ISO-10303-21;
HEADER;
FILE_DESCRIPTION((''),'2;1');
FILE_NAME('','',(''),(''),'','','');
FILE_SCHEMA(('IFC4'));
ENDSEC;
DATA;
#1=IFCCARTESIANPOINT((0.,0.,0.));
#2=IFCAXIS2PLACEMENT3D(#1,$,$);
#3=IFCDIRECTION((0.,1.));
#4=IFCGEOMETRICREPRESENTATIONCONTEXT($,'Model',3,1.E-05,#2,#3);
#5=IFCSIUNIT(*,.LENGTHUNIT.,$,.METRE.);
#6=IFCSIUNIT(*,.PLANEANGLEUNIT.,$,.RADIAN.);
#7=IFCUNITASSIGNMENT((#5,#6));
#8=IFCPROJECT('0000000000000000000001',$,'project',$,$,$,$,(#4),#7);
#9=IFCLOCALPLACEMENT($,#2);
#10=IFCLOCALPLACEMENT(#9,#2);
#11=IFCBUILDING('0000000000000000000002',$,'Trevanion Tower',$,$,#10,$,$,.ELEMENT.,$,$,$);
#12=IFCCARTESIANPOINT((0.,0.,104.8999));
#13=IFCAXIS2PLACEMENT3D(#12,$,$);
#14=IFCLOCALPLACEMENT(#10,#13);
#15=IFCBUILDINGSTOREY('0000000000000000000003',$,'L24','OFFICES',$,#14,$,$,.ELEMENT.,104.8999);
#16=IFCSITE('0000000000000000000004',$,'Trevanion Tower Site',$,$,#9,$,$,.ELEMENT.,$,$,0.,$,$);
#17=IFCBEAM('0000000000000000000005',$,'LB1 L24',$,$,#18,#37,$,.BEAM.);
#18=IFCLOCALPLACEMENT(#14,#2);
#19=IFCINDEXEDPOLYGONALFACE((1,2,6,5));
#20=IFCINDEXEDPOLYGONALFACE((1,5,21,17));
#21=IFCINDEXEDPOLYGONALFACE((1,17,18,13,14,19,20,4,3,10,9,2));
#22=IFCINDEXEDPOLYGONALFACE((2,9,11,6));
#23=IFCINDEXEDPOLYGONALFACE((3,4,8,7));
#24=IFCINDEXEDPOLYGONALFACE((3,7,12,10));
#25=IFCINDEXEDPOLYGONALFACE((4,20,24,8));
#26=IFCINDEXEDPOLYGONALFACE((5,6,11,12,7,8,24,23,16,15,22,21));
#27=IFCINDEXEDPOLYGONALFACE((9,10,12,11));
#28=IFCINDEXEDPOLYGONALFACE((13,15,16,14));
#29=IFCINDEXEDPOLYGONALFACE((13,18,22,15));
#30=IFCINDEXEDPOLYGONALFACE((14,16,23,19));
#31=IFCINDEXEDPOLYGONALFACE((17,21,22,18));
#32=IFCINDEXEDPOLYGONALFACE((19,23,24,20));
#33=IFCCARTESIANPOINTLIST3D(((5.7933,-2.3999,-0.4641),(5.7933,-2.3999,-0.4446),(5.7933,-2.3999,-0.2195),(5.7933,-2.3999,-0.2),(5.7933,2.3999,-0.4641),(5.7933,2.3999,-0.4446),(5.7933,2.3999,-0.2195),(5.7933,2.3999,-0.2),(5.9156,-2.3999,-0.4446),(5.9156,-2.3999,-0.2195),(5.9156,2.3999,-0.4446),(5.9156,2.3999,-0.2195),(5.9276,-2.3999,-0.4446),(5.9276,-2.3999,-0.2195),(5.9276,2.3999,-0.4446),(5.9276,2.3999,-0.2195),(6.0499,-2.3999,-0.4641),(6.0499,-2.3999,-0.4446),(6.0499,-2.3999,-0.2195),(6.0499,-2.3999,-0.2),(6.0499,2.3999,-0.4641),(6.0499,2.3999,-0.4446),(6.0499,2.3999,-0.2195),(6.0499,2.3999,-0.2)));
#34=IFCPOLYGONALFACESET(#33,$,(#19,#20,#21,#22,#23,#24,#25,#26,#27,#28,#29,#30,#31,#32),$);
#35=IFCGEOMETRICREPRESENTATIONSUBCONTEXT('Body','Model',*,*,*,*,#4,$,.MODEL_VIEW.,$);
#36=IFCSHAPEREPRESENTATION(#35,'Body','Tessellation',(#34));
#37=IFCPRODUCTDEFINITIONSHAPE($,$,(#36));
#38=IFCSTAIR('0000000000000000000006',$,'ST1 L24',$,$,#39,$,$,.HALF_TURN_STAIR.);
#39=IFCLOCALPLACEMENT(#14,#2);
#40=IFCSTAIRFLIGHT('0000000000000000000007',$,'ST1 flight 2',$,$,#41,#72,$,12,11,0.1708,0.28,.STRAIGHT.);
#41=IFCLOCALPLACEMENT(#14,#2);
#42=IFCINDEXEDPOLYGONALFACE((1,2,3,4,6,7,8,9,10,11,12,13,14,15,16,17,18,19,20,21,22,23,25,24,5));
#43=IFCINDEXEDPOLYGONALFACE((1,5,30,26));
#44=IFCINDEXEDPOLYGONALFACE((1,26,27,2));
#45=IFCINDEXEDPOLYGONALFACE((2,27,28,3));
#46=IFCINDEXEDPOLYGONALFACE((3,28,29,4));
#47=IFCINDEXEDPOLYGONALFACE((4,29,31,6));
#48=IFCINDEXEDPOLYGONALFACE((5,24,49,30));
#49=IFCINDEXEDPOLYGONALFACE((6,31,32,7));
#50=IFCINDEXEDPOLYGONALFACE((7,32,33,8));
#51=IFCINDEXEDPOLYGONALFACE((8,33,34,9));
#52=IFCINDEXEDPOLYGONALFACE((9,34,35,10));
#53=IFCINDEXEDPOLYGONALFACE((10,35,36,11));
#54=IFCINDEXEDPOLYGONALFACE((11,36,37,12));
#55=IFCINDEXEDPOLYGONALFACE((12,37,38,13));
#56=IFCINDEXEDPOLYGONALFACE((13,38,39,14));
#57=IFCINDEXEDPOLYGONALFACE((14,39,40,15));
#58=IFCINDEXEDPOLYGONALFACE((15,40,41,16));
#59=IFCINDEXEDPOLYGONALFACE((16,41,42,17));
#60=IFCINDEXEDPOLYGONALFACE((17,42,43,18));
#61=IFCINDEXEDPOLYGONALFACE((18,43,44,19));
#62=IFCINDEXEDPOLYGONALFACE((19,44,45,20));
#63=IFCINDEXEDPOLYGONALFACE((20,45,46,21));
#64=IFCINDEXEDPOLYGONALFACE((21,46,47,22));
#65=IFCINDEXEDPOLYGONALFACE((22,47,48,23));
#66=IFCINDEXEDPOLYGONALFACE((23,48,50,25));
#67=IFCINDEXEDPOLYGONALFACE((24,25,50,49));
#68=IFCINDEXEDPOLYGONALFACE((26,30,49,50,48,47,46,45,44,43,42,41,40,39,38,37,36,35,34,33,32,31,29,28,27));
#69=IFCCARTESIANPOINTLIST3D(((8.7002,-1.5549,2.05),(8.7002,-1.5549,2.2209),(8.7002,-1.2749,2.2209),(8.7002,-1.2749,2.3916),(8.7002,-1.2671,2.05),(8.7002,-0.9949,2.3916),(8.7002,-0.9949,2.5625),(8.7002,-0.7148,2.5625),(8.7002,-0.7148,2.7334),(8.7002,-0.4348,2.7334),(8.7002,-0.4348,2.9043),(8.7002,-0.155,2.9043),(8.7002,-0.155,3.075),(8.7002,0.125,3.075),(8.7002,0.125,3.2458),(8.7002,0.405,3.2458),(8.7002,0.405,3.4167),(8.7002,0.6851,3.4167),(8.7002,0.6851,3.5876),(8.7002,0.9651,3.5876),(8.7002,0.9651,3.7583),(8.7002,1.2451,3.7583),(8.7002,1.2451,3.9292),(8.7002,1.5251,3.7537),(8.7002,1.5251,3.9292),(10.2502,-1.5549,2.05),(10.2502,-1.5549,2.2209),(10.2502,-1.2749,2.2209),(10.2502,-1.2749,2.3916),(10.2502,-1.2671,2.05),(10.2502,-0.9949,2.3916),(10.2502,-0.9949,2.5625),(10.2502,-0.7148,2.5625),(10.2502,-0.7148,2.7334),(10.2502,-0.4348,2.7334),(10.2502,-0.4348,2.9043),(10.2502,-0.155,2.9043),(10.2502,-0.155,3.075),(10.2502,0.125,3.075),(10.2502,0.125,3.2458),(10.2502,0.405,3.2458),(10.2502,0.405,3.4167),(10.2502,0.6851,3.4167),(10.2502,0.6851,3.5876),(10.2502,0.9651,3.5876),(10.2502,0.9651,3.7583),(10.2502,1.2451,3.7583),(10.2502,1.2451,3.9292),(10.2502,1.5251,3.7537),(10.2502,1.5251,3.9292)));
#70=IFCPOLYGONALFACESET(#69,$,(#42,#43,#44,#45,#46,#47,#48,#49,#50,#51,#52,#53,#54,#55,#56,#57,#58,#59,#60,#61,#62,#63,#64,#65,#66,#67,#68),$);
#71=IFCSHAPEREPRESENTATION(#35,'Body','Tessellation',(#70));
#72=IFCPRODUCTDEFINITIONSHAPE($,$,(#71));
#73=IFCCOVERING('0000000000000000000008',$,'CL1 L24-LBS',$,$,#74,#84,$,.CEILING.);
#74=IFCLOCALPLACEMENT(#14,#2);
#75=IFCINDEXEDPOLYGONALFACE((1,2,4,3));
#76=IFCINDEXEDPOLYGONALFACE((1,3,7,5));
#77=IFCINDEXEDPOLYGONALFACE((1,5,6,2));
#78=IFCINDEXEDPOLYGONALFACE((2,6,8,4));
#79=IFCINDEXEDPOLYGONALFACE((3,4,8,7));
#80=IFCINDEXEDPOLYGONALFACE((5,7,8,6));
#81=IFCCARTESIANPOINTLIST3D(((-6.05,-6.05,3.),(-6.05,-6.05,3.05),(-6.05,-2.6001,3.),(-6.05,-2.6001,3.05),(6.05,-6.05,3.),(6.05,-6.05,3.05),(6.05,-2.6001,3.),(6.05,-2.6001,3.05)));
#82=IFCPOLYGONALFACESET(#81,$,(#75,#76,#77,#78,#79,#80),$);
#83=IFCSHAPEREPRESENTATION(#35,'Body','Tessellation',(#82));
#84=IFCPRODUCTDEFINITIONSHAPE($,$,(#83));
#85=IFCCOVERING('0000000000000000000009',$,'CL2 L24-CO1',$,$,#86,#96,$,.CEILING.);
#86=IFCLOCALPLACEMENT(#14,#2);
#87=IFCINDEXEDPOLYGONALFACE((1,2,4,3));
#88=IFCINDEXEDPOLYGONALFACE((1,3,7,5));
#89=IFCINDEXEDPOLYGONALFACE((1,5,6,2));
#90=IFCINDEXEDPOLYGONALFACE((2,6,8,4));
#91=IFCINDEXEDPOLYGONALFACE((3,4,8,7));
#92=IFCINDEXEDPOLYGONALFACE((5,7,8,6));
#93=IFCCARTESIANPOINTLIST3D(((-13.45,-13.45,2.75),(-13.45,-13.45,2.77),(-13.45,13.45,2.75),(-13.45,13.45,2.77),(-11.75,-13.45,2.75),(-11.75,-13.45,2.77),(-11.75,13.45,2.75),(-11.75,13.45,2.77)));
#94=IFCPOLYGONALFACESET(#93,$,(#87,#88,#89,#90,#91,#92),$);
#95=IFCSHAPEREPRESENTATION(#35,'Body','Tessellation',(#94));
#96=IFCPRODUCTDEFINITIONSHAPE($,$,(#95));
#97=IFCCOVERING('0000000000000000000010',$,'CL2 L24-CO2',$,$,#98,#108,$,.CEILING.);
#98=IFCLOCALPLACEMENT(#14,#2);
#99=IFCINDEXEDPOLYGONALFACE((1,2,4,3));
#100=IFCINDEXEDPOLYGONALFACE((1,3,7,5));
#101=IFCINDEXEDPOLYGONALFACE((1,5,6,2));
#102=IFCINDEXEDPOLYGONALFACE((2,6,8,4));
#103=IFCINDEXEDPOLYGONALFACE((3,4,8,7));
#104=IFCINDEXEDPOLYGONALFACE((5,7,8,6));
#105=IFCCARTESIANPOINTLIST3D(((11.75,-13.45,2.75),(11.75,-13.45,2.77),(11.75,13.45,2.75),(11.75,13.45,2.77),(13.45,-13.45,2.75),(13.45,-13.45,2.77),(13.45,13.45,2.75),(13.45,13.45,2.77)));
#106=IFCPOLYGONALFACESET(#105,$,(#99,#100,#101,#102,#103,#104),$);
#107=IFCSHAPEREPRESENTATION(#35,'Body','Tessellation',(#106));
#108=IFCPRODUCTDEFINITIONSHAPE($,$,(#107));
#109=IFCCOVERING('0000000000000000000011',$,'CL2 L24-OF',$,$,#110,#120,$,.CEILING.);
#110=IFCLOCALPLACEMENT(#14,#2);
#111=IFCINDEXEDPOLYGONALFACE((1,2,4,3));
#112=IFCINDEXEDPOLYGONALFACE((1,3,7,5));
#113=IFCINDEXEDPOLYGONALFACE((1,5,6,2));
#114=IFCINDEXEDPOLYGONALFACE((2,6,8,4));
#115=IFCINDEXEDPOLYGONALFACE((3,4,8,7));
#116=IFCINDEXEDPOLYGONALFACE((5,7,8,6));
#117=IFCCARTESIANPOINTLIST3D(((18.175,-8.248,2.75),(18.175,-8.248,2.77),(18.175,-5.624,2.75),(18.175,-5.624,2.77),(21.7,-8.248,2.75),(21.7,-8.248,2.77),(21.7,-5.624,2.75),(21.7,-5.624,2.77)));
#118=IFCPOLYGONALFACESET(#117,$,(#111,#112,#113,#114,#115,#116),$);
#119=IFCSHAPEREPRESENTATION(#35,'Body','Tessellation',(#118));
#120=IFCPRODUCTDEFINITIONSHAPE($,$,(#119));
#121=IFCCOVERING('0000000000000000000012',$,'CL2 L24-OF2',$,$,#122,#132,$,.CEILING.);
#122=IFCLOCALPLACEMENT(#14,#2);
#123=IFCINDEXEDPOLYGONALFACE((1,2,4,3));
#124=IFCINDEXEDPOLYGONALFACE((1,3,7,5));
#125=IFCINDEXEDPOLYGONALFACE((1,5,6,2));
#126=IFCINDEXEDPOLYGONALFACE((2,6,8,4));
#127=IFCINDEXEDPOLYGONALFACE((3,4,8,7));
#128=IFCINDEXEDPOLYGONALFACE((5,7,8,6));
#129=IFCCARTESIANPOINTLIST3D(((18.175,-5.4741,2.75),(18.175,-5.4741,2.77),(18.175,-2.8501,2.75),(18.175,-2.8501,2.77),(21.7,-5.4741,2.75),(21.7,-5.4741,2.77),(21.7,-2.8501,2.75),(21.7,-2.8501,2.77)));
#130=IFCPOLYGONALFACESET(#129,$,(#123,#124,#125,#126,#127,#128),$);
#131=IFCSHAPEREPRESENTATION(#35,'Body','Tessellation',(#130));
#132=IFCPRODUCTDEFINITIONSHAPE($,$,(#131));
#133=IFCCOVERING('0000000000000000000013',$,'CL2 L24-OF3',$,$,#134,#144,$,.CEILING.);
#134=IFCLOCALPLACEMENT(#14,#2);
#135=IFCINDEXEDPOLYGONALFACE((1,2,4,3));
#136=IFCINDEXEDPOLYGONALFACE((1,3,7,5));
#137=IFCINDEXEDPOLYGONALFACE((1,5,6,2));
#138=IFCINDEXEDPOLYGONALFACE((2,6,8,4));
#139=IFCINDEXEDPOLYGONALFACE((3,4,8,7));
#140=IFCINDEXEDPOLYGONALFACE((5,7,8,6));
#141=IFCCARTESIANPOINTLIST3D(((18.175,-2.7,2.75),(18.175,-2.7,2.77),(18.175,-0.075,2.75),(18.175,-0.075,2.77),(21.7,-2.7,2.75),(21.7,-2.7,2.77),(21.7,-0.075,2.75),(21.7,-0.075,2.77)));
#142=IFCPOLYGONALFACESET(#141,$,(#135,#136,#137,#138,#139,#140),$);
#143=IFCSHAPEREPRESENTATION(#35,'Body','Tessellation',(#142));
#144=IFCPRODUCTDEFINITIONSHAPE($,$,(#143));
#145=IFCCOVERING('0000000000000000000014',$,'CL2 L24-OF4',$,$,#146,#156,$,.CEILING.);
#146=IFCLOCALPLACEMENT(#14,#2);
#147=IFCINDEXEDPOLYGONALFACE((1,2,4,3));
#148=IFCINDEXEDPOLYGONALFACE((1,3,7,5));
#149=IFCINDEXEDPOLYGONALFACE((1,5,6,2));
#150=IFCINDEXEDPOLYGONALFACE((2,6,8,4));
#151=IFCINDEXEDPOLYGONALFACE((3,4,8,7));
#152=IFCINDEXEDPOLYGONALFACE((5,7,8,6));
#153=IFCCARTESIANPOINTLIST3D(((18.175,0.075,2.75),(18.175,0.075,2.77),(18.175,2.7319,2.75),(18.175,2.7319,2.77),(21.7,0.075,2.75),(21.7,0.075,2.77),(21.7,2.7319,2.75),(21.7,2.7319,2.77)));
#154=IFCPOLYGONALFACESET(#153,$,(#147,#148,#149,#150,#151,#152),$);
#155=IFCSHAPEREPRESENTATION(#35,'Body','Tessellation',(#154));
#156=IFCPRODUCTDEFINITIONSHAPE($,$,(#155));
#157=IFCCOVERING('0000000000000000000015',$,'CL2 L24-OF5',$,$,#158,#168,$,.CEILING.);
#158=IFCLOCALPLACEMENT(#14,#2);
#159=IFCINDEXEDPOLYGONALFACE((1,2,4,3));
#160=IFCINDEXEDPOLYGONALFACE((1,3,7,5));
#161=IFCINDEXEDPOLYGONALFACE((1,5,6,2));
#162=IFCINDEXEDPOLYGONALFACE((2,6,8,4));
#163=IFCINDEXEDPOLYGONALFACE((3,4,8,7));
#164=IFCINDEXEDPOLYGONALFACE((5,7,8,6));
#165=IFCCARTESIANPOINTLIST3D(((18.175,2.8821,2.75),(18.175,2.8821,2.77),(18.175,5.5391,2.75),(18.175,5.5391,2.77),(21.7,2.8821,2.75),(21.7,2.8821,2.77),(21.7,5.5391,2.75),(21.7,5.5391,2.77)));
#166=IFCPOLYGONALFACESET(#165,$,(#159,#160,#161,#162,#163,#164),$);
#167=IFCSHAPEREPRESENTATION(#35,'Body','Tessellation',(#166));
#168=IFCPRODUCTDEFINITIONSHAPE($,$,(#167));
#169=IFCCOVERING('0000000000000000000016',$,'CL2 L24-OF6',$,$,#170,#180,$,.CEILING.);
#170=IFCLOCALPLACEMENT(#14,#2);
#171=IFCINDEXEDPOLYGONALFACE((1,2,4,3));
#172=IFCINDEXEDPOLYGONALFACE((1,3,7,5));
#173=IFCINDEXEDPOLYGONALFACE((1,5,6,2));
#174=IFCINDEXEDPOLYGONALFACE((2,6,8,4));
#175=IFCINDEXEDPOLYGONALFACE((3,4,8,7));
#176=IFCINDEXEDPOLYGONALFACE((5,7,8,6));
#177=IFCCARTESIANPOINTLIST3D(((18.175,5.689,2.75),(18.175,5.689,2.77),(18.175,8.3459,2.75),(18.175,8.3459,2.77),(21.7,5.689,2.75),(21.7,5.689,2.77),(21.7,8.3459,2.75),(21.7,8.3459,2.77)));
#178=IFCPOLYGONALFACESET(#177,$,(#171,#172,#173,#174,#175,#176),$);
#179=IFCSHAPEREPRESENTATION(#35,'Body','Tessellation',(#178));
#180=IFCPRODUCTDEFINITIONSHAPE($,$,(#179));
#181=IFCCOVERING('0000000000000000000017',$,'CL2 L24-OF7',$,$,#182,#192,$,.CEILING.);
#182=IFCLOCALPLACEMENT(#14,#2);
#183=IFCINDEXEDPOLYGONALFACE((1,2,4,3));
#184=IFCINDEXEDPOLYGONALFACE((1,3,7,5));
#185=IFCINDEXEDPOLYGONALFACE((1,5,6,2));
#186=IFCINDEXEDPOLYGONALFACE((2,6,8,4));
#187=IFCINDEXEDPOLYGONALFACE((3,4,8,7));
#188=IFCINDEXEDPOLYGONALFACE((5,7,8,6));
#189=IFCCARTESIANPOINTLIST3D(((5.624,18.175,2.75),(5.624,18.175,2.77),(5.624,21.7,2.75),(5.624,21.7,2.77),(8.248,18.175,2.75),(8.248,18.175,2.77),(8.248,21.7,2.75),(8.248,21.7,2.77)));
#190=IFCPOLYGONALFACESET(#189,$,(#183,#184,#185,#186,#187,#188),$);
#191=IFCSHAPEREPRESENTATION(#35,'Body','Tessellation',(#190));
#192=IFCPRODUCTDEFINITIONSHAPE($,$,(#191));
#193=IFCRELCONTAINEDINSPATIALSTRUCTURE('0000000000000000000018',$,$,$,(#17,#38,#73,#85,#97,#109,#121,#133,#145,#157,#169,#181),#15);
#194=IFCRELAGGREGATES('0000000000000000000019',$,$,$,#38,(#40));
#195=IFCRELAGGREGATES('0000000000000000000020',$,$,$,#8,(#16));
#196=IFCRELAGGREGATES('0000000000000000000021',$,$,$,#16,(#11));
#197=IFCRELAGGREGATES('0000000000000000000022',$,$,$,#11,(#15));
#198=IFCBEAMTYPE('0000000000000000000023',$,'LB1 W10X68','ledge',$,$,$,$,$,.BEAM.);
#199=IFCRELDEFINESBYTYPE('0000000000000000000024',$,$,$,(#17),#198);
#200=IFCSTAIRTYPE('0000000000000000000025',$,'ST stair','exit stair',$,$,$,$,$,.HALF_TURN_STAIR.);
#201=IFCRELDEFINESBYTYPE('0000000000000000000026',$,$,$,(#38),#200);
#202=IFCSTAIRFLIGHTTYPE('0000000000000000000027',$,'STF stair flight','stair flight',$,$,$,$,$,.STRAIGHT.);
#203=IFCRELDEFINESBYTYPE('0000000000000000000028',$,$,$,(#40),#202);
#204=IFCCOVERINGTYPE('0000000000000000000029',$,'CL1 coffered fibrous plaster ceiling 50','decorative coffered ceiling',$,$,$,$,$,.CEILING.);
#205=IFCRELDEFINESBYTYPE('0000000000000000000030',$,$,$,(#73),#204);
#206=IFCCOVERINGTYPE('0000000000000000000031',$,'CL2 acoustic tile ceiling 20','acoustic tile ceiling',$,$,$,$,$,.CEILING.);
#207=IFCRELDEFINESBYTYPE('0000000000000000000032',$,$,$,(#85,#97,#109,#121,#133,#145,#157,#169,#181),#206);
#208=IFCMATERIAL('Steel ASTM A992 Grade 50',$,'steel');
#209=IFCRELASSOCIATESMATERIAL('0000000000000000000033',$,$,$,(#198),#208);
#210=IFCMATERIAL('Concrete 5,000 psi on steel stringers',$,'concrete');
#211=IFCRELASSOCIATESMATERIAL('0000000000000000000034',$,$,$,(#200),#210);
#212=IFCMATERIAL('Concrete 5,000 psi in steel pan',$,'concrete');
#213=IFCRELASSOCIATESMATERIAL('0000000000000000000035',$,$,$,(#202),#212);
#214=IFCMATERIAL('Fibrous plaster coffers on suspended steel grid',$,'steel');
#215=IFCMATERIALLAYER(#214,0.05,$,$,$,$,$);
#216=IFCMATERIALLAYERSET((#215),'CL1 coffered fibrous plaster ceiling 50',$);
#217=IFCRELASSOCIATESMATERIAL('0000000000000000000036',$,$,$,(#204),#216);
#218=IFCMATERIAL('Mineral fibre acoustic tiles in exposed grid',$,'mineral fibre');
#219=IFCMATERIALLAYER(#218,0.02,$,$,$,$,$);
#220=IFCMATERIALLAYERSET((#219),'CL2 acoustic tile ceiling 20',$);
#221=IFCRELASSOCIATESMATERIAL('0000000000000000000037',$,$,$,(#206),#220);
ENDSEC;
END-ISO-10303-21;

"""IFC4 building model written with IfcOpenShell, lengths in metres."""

from ifc_helpers import new_model, si_unit, direction, frame, origin, origin_2d, place, context, subcontext, project, spatial, polyline, i_section, outline, extrude, material, layer, layer_set, material_profile, profile_set, type_object, element, aggregate, save


model = new_model("IFC4")

# Units and contexts
model_context = context("Model", 3, precision=1e-05, world=origin(), true_north=direction((0.0, 1.0)))
body_context = subcontext(model_context, "Body", "Model", "MODEL_VIEW")
ifc_project = project(units=[si_unit("LENGTHUNIT", "METRE"), si_unit("PLANEANGLEUNIT", "RADIAN")], contexts=[model_context])

# Site, building, storey
site_placement = place(None, origin())
site = spatial("IfcSite", under=ifc_project, at=site_placement, Name="Trevanion Tower Site", CompositionType="ELEMENT", RefElevation=0.0)
building_placement = place(site_placement, origin())
building = spatial("IfcBuilding", under=site, at=building_placement, Name="Trevanion Tower", CompositionType="ELEMENT")
storey_placement = place(building_placement, frame((0.0, 0.0, 104.8999)))
storey = spatial("IfcBuildingStorey", under=building, at=storey_placement, Name="L24", Description="OFFICES", CompositionType="ELEMENT", Elevation=104.8999)

# Beam
ifc_material_1 = material(Name="Steel ASTM A992 Grade 50", Category="steel")
ifc_material_profile = material_profile(ifc_material_1, i_section(OverallWidth=0.2566, OverallDepth=0.2642, WebThickness=0.012, FlangeThickness=0.0195, at=origin_2d()), Name="W10X68")
ifc_profile_set = profile_set([ifc_material_profile], Name="Steel ASTM A992 Grade 50")
beam_type = type_object("IfcBeamType", Name="LB1 W10X68", Description="ledge", PredefinedType="BEAM", material=ifc_profile_set)
beam_placement = place(storey_placement, frame((5.9216, -2.3999, -0.332), z_axis=(0.0, 1.0, 0.0), x_axis=(-1.0, 0.0, 0.0)))
element("IfcBeam", 1, at=beam_placement, inside=storey, type_object=beam_type, Name="LB1 L24", PredefinedType="BEAM", context=body_context, shape_type="SweptSolid", body=[
    extrude(i_section(OverallWidth=0.2566, OverallDepth=0.2642, WebThickness=0.012, FlangeThickness=0.0195, at=origin_2d()), origin(), (0.0, 0.0, 1.0), 4.7998),
])

# Stair, stair flight
ifc_material_2 = material(Name="Concrete 5,000 psi on steel stringers", Category="concrete")
stair_type = type_object("IfcStairType", Name="ST stair", Description="exit stair", PredefinedType="HALF_TURN_STAIR", material=ifc_material_2)
stair_placement = place(storey_placement, origin())
stair = element("IfcStair", 2, at=stair_placement, inside=storey, type_object=stair_type, Name="ST1 L24", PredefinedType="HALF_TURN_STAIR")
ifc_material_3 = material(Name="Concrete 5,000 psi in steel pan", Category="concrete")
stair_flight_type = type_object("IfcStairFlightType", Name="STF stair flight", Description="stair flight", PredefinedType="STRAIGHT", material=ifc_material_3)
stair_flight_placement = place(storey_placement, frame((9.4751, -1.5549, 2.05), z_axis=(0.0, 0.0, 1.0), x_axis=(0.0, 1.0, 0.0)))
stair_flight = element("IfcStairFlight", 3, at=stair_flight_placement, type_object=stair_flight_type, Name="ST1 flight 2", NumberOfRisers=12, NumberOfTreads=11, PredefinedType="STRAIGHT", RiserHeight=0.1708, TreadLength=0.28, context=body_context, shape_type="SweptSolid", body=[
    extrude(outline(polyline([(0.0, 0.0), (0.0, 0.1709), (0.28, 0.1709), (0.28, 0.3416), (0.5601, 0.3416), (0.5601, 0.5125), (0.8401, 0.5125), (0.8401, 0.6833), (1.1201, 0.6833), (1.1201, 0.8542), (1.3999, 0.8542), (1.3999, 1.0249), (1.6799, 1.0249), (1.6799, 1.1958), (1.96, 1.1958), (1.96, 1.3667), (2.24, 1.3667), (2.24, 1.5376), (2.52, 1.5376), (2.52, 1.7083), (2.8, 1.7083), (2.8, 1.8792), (3.0801, 1.8792), (3.0801, 2.05), (3.0801, 1.7036), (0.2878, 0.0), (0.0, 0.0)])), frame((0.0, 0.7749, 0.0), z_axis=(0.0, -1.0, 0.0), x_axis=(1.0, 0.0, 0.0)), (0.0, 0.0, 1.0), 1.55),
])
aggregate(stair, [stair_flight])

# Coverings
ifc_material_4 = material(Name="Fibrous plaster coffers on suspended steel grid", Category="steel")
ifc_layer_1 = layer(ifc_material_4, 0.05)
ifc_layer_set_1 = layer_set([ifc_layer_1], Name="CL1 coffered fibrous plaster ceiling 50")
covering_type_1 = type_object("IfcCoveringType", Name="CL1 coffered fibrous plaster ceiling 50", Description="decorative coffered ceiling", PredefinedType="CEILING", material=ifc_layer_set_1)
covering_1_placement = place(storey_placement, frame((0.0, 0.0, 3.0)))
element("IfcCovering", 4, at=covering_1_placement, inside=storey, type_object=covering_type_1, Name="CL1 L24-LBS", PredefinedType="CEILING", context=body_context, shape_type="SweptSolid", body=[
    extrude(outline(polyline([(6.05, -6.05), (6.05, -2.6001), (-6.05, -2.6001), (-6.05, -6.05), (6.05, -6.05)])), origin(), (0.0, 0.0, 1.0), 0.05),
])
ifc_material_5 = material(Name="Mineral fibre acoustic tiles in exposed grid", Category="mineral fibre")
ifc_layer_2 = layer(ifc_material_5, 0.02)
ifc_layer_set_2 = layer_set([ifc_layer_2], Name="CL2 acoustic tile ceiling 20")
covering_type_2 = type_object("IfcCoveringType", Name="CL2 acoustic tile ceiling 20", Description="acoustic tile ceiling", PredefinedType="CEILING", material=ifc_layer_set_2)
covering_2_placement = place(storey_placement, frame((0.0, 0.0, 2.75)))
element("IfcCovering", 5, at=covering_2_placement, inside=storey, type_object=covering_type_2, Name="CL2 L24-CO1", PredefinedType="CEILING", context=body_context, shape_type="SweptSolid", body=[
    extrude(outline(polyline([(-11.75, 13.45), (-11.75, -13.45), (-13.45, -13.45), (-13.45, 13.45), (-11.75, 13.45)])), origin(), (0.0, 0.0, 1.0), 0.02),
])
covering_3_placement = place(storey_placement, frame((0.0, 0.0, 2.75)))
element("IfcCovering", 6, at=covering_3_placement, inside=storey, type_object=covering_type_2, Name="CL2 L24-CO2", PredefinedType="CEILING", context=body_context, shape_type="SweptSolid", body=[
    extrude(outline(polyline([(11.75, 13.45), (13.45, 13.45), (13.45, -13.45), (11.75, -13.45), (11.75, 13.45)])), origin(), (0.0, 0.0, 1.0), 0.02),
])
covering_4_placement = place(storey_placement, frame((0.0, 0.0, 2.75)))
element("IfcCovering", 7, at=covering_4_placement, inside=storey, type_object=covering_type_2, Name="CL2 L24-OF", PredefinedType="CEILING", context=body_context, shape_type="SweptSolid", body=[
    extrude(outline(polyline([(18.175, -8.248), (18.175, -5.624), (21.7, -5.624), (21.7, -8.248), (18.175, -8.248)])), origin(), (0.0, 0.0, 1.0), 0.02),
])
covering_5_placement = place(storey_placement, frame((0.0, 0.0, 2.75)))
element("IfcCovering", 8, at=covering_5_placement, inside=storey, type_object=covering_type_2, Name="CL2 L24-OF2", PredefinedType="CEILING", context=body_context, shape_type="SweptSolid", body=[
    extrude(outline(polyline([(18.175, -5.4741), (18.175, -2.8501), (21.7, -2.8501), (21.7, -5.4741), (18.175, -5.4741)])), origin(), (0.0, 0.0, 1.0), 0.02),
])
covering_6_placement = place(storey_placement, frame((0.0, 0.0, 2.75)))
element("IfcCovering", 9, at=covering_6_placement, inside=storey, type_object=covering_type_2, Name="CL2 L24-OF3", PredefinedType="CEILING", context=body_context, shape_type="SweptSolid", body=[
    extrude(outline(polyline([(18.175, -2.7), (18.175, -0.075), (21.7, -0.075), (21.7, -2.7), (18.175, -2.7)])), origin(), (0.0, 0.0, 1.0), 0.02),
])
covering_7_placement = place(storey_placement, frame((0.0, 0.0, 2.75)))
element("IfcCovering", 10, at=covering_7_placement, inside=storey, type_object=covering_type_2, Name="CL2 L24-OF4", PredefinedType="CEILING", context=body_context, shape_type="SweptSolid", body=[
    extrude(outline(polyline([(18.175, 0.075), (18.175, 2.7319), (21.7, 2.7319), (21.7, 0.075), (18.175, 0.075)])), origin(), (0.0, 0.0, 1.0), 0.02),
])
covering_8_placement = place(storey_placement, frame((0.0, 0.0, 2.75)))
element("IfcCovering", 11, at=covering_8_placement, inside=storey, type_object=covering_type_2, Name="CL2 L24-OF5", PredefinedType="CEILING", context=body_context, shape_type="SweptSolid", body=[
    extrude(outline(polyline([(18.175, 2.8821), (18.175, 5.5391), (21.7, 5.5391), (21.7, 2.8821), (18.175, 2.8821)])), origin(), (0.0, 0.0, 1.0), 0.02),
])
covering_9_placement = place(storey_placement, frame((0.0, 0.0, 2.75)))
element("IfcCovering", 12, at=covering_9_placement, inside=storey, type_object=covering_type_2, Name="CL2 L24-OF6", PredefinedType="CEILING", context=body_context, shape_type="SweptSolid", body=[
    extrude(outline(polyline([(18.175, 5.689), (18.175, 8.3459), (21.7, 8.3459), (21.7, 5.689), (18.175, 5.689)])), origin(), (0.0, 0.0, 1.0), 0.02),
])
covering_10_placement = place(storey_placement, frame((0.0, 0.0, 2.75)))
element("IfcCovering", 13, at=covering_10_placement, inside=storey, type_object=covering_type_2, Name="CL2 L24-OF7", PredefinedType="CEILING", context=body_context, shape_type="SweptSolid", body=[
    extrude(outline(polyline([(8.248, 18.175), (5.624, 18.175), (5.624, 21.7), (8.248, 21.7), (8.248, 18.175)])), origin(), (0.0, 0.0, 1.0), 0.02),
])

save(model, "model.ifc")
